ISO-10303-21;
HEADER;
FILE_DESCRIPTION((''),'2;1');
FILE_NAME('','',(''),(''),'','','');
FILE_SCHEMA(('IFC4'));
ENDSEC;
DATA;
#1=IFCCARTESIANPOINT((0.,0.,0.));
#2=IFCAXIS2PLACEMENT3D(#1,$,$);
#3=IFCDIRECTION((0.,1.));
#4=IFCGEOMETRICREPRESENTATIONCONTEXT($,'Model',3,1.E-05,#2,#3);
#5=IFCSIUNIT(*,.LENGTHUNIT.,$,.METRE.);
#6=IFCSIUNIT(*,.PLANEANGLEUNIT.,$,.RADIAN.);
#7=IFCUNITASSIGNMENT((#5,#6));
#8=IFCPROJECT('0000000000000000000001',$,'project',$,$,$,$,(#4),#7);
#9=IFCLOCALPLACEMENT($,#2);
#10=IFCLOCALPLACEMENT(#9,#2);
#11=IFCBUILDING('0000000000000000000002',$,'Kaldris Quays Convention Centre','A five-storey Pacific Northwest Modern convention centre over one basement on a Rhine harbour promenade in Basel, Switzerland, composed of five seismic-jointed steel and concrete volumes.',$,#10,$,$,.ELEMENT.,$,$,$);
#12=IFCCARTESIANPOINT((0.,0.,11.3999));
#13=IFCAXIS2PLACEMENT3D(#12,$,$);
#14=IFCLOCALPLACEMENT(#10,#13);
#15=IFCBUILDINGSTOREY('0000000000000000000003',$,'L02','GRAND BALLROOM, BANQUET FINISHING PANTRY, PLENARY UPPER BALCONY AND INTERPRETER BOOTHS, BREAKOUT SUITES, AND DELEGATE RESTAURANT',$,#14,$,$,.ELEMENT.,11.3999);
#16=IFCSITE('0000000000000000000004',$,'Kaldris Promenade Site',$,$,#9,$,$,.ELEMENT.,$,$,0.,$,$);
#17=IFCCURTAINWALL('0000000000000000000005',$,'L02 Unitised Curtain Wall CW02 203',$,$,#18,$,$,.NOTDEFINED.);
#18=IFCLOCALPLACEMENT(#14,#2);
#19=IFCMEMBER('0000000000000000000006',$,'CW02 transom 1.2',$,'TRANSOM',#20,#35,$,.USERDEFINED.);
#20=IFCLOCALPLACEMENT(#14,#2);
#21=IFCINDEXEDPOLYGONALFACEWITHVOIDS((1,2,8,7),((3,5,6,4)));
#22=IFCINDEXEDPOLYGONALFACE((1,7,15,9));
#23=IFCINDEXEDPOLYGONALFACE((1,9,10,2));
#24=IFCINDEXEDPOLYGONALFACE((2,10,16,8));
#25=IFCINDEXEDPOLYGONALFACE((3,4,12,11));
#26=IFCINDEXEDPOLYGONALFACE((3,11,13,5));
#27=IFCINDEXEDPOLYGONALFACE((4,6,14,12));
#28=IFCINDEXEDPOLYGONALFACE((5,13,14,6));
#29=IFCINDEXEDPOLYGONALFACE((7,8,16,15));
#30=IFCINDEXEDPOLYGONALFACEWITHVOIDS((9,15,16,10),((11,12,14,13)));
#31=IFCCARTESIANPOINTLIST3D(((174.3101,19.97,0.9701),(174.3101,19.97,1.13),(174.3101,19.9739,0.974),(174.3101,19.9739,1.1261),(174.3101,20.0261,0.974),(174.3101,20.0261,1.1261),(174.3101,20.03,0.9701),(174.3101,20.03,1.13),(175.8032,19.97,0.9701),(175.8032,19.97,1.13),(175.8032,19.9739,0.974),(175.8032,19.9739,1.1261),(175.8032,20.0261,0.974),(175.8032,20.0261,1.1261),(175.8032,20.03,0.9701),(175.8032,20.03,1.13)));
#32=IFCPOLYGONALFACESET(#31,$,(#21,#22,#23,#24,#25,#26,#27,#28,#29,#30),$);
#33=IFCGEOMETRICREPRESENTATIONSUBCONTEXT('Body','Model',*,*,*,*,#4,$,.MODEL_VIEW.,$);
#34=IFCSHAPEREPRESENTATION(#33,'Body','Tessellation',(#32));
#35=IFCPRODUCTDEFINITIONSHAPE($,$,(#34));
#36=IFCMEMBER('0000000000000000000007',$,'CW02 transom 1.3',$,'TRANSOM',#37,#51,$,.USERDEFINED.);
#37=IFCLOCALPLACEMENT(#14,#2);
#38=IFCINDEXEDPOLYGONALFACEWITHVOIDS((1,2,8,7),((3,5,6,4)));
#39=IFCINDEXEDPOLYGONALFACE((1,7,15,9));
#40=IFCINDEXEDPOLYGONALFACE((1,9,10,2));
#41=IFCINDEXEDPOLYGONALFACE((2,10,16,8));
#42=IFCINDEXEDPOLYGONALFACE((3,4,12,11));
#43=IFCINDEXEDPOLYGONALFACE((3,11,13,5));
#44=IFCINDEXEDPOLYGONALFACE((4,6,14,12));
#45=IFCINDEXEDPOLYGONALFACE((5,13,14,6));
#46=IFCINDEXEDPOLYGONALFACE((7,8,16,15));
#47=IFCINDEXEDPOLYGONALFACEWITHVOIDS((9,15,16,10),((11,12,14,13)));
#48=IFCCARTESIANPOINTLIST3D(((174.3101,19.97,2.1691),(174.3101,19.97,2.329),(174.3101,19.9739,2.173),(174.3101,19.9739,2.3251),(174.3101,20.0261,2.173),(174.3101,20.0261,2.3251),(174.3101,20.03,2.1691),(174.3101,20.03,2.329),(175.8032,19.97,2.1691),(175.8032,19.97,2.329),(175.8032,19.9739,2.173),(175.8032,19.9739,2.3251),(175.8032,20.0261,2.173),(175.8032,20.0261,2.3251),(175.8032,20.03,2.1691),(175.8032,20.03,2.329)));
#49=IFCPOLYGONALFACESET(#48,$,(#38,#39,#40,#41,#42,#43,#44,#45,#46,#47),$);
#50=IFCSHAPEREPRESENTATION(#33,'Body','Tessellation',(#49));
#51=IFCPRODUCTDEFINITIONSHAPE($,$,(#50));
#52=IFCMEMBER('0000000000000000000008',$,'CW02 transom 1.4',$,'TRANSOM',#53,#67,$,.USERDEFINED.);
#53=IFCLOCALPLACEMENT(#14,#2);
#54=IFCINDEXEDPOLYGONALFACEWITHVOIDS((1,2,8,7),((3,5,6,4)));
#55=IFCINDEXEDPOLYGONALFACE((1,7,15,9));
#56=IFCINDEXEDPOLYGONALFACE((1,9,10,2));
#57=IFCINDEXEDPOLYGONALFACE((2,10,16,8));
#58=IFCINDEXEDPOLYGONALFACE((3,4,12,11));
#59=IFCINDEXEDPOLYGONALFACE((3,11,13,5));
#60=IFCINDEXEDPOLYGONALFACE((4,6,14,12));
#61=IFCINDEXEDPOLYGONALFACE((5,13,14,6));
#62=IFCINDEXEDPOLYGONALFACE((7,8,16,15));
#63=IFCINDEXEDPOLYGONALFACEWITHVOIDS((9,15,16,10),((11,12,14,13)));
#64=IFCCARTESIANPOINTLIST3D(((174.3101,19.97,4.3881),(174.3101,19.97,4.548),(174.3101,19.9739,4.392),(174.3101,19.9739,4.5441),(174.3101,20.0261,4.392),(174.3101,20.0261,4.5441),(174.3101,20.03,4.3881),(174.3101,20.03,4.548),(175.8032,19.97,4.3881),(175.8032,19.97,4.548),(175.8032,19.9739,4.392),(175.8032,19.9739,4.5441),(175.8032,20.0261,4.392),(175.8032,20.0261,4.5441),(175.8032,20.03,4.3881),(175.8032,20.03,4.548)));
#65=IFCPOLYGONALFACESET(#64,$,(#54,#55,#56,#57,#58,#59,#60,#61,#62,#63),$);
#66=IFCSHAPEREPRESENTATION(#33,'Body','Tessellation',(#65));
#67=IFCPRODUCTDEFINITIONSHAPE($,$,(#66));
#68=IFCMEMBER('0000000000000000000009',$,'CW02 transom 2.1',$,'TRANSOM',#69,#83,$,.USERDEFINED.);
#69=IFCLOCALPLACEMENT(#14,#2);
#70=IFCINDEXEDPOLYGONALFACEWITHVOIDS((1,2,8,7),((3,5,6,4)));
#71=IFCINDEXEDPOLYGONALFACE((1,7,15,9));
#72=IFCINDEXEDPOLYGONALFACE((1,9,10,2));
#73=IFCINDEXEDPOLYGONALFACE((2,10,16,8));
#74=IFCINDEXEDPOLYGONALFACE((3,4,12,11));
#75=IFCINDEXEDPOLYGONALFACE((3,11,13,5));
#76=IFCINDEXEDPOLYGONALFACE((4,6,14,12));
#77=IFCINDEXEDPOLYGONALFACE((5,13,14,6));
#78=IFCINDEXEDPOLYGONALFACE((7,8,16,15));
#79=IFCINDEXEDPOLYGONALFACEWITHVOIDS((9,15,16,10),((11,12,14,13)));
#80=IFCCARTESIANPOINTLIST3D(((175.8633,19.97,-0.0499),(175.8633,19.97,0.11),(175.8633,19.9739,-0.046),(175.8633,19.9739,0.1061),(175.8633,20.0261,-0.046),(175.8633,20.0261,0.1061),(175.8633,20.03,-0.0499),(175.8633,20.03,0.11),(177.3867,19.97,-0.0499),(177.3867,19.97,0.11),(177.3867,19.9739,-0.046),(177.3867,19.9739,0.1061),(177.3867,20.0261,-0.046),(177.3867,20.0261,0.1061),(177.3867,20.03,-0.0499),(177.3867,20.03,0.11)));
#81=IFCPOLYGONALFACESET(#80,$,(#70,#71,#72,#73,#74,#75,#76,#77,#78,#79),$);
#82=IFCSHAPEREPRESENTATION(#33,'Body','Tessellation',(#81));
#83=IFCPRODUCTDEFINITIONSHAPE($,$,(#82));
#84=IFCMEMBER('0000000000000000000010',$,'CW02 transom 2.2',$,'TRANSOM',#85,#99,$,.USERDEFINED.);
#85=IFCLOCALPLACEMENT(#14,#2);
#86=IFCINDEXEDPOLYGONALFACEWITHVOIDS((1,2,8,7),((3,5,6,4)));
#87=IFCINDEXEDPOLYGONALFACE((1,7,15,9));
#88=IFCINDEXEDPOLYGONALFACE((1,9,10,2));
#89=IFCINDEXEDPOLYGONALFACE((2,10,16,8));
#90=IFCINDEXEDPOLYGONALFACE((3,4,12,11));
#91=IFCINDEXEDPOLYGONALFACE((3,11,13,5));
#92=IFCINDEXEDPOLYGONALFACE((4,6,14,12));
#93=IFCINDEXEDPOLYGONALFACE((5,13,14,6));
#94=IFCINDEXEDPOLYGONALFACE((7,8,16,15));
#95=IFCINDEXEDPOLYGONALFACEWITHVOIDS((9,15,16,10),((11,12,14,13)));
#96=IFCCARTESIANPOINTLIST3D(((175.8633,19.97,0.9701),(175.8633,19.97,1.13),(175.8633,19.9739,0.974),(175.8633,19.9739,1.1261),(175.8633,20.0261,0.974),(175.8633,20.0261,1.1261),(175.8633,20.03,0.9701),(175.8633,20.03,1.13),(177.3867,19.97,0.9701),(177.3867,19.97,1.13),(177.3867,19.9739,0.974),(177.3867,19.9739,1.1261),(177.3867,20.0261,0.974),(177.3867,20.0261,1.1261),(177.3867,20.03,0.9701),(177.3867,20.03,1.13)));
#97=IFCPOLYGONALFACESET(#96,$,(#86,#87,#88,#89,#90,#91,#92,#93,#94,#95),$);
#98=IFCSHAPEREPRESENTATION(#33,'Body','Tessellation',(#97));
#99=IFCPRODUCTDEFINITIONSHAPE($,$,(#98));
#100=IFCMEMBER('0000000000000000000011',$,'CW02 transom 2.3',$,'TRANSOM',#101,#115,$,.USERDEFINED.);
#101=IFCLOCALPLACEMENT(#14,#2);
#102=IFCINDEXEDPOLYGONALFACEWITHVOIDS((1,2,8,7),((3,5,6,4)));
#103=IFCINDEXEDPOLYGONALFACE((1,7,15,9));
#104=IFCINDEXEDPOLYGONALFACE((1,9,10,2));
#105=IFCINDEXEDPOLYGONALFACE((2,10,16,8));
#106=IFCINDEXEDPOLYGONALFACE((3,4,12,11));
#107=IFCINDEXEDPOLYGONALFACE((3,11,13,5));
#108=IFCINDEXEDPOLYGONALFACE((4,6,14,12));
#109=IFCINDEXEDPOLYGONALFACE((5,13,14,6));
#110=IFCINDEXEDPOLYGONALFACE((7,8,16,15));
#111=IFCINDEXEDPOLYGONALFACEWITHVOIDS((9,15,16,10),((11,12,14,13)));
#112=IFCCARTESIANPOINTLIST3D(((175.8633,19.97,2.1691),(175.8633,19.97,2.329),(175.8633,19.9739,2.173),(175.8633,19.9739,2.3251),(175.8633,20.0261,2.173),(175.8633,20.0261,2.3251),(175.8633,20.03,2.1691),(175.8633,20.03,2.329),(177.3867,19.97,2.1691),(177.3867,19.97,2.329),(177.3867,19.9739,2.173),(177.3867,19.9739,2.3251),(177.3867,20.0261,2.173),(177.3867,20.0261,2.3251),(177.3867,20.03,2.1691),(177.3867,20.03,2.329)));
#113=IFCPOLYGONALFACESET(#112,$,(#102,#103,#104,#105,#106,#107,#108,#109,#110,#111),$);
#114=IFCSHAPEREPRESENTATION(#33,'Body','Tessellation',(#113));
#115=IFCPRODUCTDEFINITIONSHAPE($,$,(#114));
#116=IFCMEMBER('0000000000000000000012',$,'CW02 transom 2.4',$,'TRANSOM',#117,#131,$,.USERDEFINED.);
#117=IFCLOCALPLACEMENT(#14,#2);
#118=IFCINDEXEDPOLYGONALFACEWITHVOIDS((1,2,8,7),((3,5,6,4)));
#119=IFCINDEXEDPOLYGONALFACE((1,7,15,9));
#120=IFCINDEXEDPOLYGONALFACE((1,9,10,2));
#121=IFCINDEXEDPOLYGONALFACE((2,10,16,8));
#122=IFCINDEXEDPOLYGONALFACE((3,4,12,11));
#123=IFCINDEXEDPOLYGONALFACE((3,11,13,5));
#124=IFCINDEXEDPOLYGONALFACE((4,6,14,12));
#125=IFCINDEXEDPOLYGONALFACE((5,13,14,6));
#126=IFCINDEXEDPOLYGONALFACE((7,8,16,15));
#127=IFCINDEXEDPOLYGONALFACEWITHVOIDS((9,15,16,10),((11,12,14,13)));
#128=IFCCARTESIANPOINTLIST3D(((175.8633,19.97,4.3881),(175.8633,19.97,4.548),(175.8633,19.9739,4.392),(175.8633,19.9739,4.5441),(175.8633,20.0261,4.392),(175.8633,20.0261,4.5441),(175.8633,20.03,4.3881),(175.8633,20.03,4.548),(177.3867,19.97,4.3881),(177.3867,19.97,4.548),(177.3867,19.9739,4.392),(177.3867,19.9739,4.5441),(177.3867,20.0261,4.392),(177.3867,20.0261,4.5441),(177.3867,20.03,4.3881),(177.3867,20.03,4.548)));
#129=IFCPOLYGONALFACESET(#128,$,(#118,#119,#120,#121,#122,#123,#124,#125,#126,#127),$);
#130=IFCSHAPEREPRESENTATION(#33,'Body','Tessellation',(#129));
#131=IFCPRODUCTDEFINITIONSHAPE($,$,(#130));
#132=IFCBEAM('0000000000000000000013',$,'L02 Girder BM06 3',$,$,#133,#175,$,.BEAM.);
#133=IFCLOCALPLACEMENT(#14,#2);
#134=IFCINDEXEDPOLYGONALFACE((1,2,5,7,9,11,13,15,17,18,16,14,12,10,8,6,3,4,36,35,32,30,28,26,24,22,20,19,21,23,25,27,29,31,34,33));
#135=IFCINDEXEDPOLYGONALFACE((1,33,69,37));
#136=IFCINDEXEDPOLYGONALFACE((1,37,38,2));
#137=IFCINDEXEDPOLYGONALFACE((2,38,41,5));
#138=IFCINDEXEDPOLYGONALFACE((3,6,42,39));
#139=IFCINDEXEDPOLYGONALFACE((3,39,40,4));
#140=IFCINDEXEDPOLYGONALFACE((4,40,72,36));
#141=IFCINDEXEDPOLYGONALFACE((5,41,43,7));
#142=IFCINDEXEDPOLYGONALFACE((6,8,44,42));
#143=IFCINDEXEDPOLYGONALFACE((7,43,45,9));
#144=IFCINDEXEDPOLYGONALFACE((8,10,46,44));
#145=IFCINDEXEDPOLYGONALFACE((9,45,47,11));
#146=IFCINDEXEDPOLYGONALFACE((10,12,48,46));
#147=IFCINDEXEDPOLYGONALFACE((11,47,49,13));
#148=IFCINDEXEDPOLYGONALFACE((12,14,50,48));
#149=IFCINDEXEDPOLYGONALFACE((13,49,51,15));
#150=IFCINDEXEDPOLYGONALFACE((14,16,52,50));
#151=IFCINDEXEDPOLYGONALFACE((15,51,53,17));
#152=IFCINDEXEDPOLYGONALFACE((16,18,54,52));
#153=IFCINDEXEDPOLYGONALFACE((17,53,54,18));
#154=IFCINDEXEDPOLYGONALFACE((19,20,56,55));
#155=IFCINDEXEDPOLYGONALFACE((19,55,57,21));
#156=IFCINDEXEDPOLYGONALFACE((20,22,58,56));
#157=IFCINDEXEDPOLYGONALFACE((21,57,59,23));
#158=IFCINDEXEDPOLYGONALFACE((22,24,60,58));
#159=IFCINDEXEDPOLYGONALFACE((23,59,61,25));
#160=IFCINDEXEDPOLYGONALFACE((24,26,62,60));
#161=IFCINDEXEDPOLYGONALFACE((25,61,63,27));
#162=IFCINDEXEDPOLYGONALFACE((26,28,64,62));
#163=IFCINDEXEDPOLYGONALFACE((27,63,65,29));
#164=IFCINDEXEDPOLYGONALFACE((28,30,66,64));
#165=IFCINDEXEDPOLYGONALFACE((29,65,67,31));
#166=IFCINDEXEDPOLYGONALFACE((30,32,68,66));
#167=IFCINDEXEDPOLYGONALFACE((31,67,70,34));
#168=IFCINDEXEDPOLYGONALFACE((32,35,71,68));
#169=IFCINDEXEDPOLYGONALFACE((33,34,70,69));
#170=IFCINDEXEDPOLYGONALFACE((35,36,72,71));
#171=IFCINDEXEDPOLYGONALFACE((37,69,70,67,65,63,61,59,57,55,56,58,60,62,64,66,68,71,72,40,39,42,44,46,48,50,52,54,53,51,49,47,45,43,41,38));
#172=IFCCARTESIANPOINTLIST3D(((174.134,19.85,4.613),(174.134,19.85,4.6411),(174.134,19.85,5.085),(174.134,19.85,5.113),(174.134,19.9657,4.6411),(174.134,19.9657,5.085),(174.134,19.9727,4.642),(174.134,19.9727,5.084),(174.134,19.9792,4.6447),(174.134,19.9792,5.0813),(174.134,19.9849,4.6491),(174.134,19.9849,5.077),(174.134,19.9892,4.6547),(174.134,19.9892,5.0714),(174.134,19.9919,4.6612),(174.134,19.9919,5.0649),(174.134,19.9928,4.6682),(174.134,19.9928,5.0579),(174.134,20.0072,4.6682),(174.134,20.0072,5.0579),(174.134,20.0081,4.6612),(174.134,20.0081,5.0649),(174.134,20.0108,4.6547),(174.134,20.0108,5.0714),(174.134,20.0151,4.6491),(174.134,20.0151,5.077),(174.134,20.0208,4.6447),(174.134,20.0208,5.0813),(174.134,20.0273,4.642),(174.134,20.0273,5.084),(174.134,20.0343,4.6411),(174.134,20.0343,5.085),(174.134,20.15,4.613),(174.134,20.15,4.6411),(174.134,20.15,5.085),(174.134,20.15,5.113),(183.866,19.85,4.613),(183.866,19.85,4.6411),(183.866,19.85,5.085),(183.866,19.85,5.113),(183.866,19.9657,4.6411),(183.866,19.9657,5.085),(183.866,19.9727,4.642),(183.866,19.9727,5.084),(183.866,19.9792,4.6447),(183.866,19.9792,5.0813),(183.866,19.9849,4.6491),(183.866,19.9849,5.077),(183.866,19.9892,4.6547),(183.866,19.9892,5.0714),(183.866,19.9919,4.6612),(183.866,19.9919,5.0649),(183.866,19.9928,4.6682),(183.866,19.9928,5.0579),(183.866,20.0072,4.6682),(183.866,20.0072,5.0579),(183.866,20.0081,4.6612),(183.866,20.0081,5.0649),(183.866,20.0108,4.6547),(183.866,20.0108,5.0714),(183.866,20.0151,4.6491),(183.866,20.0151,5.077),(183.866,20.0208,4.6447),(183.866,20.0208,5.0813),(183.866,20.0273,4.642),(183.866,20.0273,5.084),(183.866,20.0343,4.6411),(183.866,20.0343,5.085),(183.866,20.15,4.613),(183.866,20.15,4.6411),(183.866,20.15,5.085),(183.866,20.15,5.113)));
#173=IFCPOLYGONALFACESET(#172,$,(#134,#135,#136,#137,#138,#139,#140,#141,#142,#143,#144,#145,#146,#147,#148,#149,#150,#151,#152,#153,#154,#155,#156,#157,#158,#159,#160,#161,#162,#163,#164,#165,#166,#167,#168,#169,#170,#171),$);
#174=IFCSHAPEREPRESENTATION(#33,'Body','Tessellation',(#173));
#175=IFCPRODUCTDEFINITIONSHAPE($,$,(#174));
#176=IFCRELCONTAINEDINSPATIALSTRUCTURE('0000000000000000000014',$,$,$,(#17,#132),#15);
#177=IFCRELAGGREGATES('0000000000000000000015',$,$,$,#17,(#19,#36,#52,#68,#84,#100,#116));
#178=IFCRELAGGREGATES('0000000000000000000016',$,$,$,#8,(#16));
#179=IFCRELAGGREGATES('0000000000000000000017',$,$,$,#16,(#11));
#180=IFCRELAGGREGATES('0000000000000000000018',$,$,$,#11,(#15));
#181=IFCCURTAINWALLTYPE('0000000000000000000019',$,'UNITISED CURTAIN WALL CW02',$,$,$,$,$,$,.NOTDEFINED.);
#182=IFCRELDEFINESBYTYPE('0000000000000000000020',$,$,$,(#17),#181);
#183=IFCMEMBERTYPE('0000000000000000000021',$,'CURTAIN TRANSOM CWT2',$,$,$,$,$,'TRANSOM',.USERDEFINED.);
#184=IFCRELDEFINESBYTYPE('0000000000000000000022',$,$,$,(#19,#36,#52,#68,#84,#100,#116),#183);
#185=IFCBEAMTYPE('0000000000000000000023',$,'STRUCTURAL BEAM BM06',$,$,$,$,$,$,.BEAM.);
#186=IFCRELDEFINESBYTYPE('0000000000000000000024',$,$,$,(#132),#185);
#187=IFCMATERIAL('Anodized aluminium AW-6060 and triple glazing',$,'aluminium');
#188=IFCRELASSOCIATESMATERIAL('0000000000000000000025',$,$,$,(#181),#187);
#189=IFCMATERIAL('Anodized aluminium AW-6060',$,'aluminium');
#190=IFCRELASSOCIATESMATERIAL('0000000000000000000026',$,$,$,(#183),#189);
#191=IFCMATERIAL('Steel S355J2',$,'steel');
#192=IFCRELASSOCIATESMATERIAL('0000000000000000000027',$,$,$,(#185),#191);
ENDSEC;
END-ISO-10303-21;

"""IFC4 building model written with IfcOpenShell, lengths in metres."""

from ifc_helpers import new_model, si_unit, direction, frame, origin, origin_2d, place, context, subcontext, project, spatial, hollow_rectangle, i_section, extrude, material, material_profile, profile_set, type_object, element, aggregate, save


model = new_model("IFC4")

# Units and contexts
model_context = context("Model", 3, precision=1e-05, world=origin(), true_north=direction((0.0, 1.0)))
body_context = subcontext(model_context, "Body", "Model", "MODEL_VIEW")
ifc_project = project(units=[si_unit("LENGTHUNIT", "METRE"), si_unit("PLANEANGLEUNIT", "RADIAN")], contexts=[model_context])

# Site, building, storey
site_placement = place(None, origin())
site = spatial("IfcSite", under=ifc_project, at=site_placement, Name="Kaldris Promenade Site", CompositionType="ELEMENT", RefElevation=0.0)
building_placement = place(site_placement, origin())
building = spatial("IfcBuilding", under=site, at=building_placement, Name="Kaldris Quays Convention Centre", Description="A five-storey Pacific Northwest Modern convention centre over one basement on a Rhine harbour promenade in Basel, Switzerland, composed of five seismic-jointed steel and concrete volumes.", CompositionType="ELEMENT")
storey_placement = place(building_placement, frame((0.0, 0.0, 11.3999)))
storey = spatial("IfcBuildingStorey", under=building, at=storey_placement, Name="L02", Description="GRAND BALLROOM, BANQUET FINISHING PANTRY, PLENARY UPPER BALCONY AND INTERPRETER BOOTHS, BREAKOUT SUITES, AND DELEGATE RESTAURANT", CompositionType="ELEMENT", Elevation=11.3999)

# Shared definitions
ifc_material_1 = material(Name="Steel S355J2", Category="steel")

# Shared definitions
ifc_material_2 = material(Name="Anodized aluminium AW-6060 and triple glazing", Category="aluminium")
curtain_wall_type = type_object("IfcCurtainWallType", Name="UNITISED CURTAIN WALL CW02", PredefinedType="NOTDEFINED", material=ifc_material_2)
ifc_material_3 = material(Name="Anodized aluminium AW-6060", Category="aluminium")

# Curtain wall
curtain_wall_1_placement = place(storey_placement, origin())
curtain_wall_1 = element("IfcCurtainWall", 1, at=curtain_wall_1_placement, inside=storey, type_object=curtain_wall_type, Name="L02 Unitised Curtain Wall CW02 203", PredefinedType="NOTDEFINED")

# Members
ifc_material_profile_1 = material_profile(ifc_material_3, hollow_rectangle(XDim=0.0601, YDim=0.1599, WallThickness=0.0039, at=origin_2d()), Name="RHS 160x60x4")
ifc_profile_set_1 = profile_set([ifc_material_profile_1], Name="Anodized aluminium AW-6060")
member_type_1 = type_object("IfcMemberType", Name="CURTAIN TRANSOM CWT2", ElementType="TRANSOM", PredefinedType="USERDEFINED", material=ifc_profile_set_1)
member_1_placement = place(storey_placement, frame((174.3101, 20.0, 1.05), z_axis=(1.0, 0.0, 0.0), x_axis=(0.0, 1.0, 0.0)))
member_1 = element("IfcMember", 2, at=member_1_placement, type_object=member_type_1, Name="CW02 transom 1.2", ObjectType="TRANSOM", PredefinedType="USERDEFINED", context=body_context, shape_type="SweptSolid", body=[
    extrude(hollow_rectangle(XDim=0.0601, YDim=0.1599, WallThickness=0.0039, at=origin_2d()), origin(), (0.0, 0.0, 1.0), 1.4932),
])
member_2_placement = place(storey_placement, frame((174.3101, 20.0, 2.249), z_axis=(1.0, 0.0, 0.0), x_axis=(0.0, 1.0, 0.0)))
member_2 = element("IfcMember", 3, at=member_2_placement, type_object=member_type_1, Name="CW02 transom 1.3", ObjectType="TRANSOM", PredefinedType="USERDEFINED", context=body_context, shape_type="SweptSolid", body=[
    extrude(hollow_rectangle(XDim=0.0601, YDim=0.1599, WallThickness=0.0039, at=origin_2d()), origin(), (0.0, 0.0, 1.0), 1.4932),
])
member_3_placement = place(storey_placement, frame((174.3101, 20.0, 4.468), z_axis=(1.0, 0.0, 0.0), x_axis=(0.0, 1.0, 0.0)))
member_3 = element("IfcMember", 4, at=member_3_placement, type_object=member_type_1, Name="CW02 transom 1.4", ObjectType="TRANSOM", PredefinedType="USERDEFINED", context=body_context, shape_type="SweptSolid", body=[
    extrude(hollow_rectangle(XDim=0.0601, YDim=0.1599, WallThickness=0.0039, at=origin_2d()), origin(), (0.0, 0.0, 1.0), 1.4932),
])
member_4_placement = place(storey_placement, frame((175.8633, 20.0, 0.03), z_axis=(1.0, 0.0, 0.0), x_axis=(0.0, 1.0, 0.0)))
member_4 = element("IfcMember", 5, at=member_4_placement, type_object=member_type_1, Name="CW02 transom 2.1", ObjectType="TRANSOM", PredefinedType="USERDEFINED", context=body_context, shape_type="SweptSolid", body=[
    extrude(hollow_rectangle(XDim=0.0601, YDim=0.1599, WallThickness=0.0039, at=origin_2d()), origin(), (0.0, 0.0, 1.0), 1.5234),
])
member_5_placement = place(storey_placement, frame((175.8633, 20.0, 1.05), z_axis=(1.0, 0.0, 0.0), x_axis=(0.0, 1.0, 0.0)))
member_5 = element("IfcMember", 6, at=member_5_placement, type_object=member_type_1, Name="CW02 transom 2.2", ObjectType="TRANSOM", PredefinedType="USERDEFINED", context=body_context, shape_type="SweptSolid", body=[
    extrude(hollow_rectangle(XDim=0.0601, YDim=0.1599, WallThickness=0.0039, at=origin_2d()), origin(), (0.0, 0.0, 1.0), 1.5234),
])
member_6_placement = place(storey_placement, frame((175.8633, 20.0, 2.249), z_axis=(1.0, 0.0, 0.0), x_axis=(0.0, 1.0, 0.0)))
member_6 = element("IfcMember", 7, at=member_6_placement, type_object=member_type_1, Name="CW02 transom 2.3", ObjectType="TRANSOM", PredefinedType="USERDEFINED", context=body_context, shape_type="SweptSolid", body=[
    extrude(hollow_rectangle(XDim=0.0601, YDim=0.1599, WallThickness=0.0039, at=origin_2d()), origin(), (0.0, 0.0, 1.0), 1.5234),
])
member_7_placement = place(storey_placement, frame((175.8633, 20.0, 4.468), z_axis=(1.0, 0.0, 0.0), x_axis=(0.0, 1.0, 0.0)))
member_7 = element("IfcMember", 8, at=member_7_placement, type_object=member_type_1, Name="CW02 transom 2.4", ObjectType="TRANSOM", PredefinedType="USERDEFINED", context=body_context, shape_type="SweptSolid", body=[
    extrude(hollow_rectangle(XDim=0.0601, YDim=0.1599, WallThickness=0.0039, at=origin_2d()), origin(), (0.0, 0.0, 1.0), 1.5234),
])

# Beam
ifc_material_profile_2 = material_profile(ifc_material_1, i_section(OverallWidth=0.3, OverallDepth=0.5, WebThickness=0.0144, FlangeThickness=0.0281, FilletRadius=0.0271, at=origin_2d()), Name="HEB 500")
ifc_profile_set_2 = profile_set([ifc_material_profile_2], Name="Steel S355J2")
beam_type_1 = type_object("IfcBeamType", Name="STRUCTURAL BEAM BM06", PredefinedType="BEAM", material=ifc_profile_set_2)
for number, where, z_axis, x_axis, name in (
    (9, (174.134, 20.0, 4.863), (1.0, 0.0, 0.0), (0.0, 1.0, 0.0), "L02 Girder BM06 3"),
):
    element("IfcBeam", number, at=place(storey_placement, frame(where, z_axis=z_axis, x_axis=x_axis)), inside=storey, type_object=beam_type_1, Name=name, PredefinedType="BEAM", context=body_context, shape_type="SweptSolid", body=[
        extrude(i_section(OverallWidth=0.3, OverallDepth=0.5, WebThickness=0.0144, FlangeThickness=0.0281, FilletRadius=0.0271, at=origin_2d()), origin(), (0.0, 0.0, 1.0), 9.7319),
    ])

aggregate(curtain_wall_1, [member_1, member_2, member_3, member_4, member_5, member_6, member_7])

save(model, "model.ifc")
